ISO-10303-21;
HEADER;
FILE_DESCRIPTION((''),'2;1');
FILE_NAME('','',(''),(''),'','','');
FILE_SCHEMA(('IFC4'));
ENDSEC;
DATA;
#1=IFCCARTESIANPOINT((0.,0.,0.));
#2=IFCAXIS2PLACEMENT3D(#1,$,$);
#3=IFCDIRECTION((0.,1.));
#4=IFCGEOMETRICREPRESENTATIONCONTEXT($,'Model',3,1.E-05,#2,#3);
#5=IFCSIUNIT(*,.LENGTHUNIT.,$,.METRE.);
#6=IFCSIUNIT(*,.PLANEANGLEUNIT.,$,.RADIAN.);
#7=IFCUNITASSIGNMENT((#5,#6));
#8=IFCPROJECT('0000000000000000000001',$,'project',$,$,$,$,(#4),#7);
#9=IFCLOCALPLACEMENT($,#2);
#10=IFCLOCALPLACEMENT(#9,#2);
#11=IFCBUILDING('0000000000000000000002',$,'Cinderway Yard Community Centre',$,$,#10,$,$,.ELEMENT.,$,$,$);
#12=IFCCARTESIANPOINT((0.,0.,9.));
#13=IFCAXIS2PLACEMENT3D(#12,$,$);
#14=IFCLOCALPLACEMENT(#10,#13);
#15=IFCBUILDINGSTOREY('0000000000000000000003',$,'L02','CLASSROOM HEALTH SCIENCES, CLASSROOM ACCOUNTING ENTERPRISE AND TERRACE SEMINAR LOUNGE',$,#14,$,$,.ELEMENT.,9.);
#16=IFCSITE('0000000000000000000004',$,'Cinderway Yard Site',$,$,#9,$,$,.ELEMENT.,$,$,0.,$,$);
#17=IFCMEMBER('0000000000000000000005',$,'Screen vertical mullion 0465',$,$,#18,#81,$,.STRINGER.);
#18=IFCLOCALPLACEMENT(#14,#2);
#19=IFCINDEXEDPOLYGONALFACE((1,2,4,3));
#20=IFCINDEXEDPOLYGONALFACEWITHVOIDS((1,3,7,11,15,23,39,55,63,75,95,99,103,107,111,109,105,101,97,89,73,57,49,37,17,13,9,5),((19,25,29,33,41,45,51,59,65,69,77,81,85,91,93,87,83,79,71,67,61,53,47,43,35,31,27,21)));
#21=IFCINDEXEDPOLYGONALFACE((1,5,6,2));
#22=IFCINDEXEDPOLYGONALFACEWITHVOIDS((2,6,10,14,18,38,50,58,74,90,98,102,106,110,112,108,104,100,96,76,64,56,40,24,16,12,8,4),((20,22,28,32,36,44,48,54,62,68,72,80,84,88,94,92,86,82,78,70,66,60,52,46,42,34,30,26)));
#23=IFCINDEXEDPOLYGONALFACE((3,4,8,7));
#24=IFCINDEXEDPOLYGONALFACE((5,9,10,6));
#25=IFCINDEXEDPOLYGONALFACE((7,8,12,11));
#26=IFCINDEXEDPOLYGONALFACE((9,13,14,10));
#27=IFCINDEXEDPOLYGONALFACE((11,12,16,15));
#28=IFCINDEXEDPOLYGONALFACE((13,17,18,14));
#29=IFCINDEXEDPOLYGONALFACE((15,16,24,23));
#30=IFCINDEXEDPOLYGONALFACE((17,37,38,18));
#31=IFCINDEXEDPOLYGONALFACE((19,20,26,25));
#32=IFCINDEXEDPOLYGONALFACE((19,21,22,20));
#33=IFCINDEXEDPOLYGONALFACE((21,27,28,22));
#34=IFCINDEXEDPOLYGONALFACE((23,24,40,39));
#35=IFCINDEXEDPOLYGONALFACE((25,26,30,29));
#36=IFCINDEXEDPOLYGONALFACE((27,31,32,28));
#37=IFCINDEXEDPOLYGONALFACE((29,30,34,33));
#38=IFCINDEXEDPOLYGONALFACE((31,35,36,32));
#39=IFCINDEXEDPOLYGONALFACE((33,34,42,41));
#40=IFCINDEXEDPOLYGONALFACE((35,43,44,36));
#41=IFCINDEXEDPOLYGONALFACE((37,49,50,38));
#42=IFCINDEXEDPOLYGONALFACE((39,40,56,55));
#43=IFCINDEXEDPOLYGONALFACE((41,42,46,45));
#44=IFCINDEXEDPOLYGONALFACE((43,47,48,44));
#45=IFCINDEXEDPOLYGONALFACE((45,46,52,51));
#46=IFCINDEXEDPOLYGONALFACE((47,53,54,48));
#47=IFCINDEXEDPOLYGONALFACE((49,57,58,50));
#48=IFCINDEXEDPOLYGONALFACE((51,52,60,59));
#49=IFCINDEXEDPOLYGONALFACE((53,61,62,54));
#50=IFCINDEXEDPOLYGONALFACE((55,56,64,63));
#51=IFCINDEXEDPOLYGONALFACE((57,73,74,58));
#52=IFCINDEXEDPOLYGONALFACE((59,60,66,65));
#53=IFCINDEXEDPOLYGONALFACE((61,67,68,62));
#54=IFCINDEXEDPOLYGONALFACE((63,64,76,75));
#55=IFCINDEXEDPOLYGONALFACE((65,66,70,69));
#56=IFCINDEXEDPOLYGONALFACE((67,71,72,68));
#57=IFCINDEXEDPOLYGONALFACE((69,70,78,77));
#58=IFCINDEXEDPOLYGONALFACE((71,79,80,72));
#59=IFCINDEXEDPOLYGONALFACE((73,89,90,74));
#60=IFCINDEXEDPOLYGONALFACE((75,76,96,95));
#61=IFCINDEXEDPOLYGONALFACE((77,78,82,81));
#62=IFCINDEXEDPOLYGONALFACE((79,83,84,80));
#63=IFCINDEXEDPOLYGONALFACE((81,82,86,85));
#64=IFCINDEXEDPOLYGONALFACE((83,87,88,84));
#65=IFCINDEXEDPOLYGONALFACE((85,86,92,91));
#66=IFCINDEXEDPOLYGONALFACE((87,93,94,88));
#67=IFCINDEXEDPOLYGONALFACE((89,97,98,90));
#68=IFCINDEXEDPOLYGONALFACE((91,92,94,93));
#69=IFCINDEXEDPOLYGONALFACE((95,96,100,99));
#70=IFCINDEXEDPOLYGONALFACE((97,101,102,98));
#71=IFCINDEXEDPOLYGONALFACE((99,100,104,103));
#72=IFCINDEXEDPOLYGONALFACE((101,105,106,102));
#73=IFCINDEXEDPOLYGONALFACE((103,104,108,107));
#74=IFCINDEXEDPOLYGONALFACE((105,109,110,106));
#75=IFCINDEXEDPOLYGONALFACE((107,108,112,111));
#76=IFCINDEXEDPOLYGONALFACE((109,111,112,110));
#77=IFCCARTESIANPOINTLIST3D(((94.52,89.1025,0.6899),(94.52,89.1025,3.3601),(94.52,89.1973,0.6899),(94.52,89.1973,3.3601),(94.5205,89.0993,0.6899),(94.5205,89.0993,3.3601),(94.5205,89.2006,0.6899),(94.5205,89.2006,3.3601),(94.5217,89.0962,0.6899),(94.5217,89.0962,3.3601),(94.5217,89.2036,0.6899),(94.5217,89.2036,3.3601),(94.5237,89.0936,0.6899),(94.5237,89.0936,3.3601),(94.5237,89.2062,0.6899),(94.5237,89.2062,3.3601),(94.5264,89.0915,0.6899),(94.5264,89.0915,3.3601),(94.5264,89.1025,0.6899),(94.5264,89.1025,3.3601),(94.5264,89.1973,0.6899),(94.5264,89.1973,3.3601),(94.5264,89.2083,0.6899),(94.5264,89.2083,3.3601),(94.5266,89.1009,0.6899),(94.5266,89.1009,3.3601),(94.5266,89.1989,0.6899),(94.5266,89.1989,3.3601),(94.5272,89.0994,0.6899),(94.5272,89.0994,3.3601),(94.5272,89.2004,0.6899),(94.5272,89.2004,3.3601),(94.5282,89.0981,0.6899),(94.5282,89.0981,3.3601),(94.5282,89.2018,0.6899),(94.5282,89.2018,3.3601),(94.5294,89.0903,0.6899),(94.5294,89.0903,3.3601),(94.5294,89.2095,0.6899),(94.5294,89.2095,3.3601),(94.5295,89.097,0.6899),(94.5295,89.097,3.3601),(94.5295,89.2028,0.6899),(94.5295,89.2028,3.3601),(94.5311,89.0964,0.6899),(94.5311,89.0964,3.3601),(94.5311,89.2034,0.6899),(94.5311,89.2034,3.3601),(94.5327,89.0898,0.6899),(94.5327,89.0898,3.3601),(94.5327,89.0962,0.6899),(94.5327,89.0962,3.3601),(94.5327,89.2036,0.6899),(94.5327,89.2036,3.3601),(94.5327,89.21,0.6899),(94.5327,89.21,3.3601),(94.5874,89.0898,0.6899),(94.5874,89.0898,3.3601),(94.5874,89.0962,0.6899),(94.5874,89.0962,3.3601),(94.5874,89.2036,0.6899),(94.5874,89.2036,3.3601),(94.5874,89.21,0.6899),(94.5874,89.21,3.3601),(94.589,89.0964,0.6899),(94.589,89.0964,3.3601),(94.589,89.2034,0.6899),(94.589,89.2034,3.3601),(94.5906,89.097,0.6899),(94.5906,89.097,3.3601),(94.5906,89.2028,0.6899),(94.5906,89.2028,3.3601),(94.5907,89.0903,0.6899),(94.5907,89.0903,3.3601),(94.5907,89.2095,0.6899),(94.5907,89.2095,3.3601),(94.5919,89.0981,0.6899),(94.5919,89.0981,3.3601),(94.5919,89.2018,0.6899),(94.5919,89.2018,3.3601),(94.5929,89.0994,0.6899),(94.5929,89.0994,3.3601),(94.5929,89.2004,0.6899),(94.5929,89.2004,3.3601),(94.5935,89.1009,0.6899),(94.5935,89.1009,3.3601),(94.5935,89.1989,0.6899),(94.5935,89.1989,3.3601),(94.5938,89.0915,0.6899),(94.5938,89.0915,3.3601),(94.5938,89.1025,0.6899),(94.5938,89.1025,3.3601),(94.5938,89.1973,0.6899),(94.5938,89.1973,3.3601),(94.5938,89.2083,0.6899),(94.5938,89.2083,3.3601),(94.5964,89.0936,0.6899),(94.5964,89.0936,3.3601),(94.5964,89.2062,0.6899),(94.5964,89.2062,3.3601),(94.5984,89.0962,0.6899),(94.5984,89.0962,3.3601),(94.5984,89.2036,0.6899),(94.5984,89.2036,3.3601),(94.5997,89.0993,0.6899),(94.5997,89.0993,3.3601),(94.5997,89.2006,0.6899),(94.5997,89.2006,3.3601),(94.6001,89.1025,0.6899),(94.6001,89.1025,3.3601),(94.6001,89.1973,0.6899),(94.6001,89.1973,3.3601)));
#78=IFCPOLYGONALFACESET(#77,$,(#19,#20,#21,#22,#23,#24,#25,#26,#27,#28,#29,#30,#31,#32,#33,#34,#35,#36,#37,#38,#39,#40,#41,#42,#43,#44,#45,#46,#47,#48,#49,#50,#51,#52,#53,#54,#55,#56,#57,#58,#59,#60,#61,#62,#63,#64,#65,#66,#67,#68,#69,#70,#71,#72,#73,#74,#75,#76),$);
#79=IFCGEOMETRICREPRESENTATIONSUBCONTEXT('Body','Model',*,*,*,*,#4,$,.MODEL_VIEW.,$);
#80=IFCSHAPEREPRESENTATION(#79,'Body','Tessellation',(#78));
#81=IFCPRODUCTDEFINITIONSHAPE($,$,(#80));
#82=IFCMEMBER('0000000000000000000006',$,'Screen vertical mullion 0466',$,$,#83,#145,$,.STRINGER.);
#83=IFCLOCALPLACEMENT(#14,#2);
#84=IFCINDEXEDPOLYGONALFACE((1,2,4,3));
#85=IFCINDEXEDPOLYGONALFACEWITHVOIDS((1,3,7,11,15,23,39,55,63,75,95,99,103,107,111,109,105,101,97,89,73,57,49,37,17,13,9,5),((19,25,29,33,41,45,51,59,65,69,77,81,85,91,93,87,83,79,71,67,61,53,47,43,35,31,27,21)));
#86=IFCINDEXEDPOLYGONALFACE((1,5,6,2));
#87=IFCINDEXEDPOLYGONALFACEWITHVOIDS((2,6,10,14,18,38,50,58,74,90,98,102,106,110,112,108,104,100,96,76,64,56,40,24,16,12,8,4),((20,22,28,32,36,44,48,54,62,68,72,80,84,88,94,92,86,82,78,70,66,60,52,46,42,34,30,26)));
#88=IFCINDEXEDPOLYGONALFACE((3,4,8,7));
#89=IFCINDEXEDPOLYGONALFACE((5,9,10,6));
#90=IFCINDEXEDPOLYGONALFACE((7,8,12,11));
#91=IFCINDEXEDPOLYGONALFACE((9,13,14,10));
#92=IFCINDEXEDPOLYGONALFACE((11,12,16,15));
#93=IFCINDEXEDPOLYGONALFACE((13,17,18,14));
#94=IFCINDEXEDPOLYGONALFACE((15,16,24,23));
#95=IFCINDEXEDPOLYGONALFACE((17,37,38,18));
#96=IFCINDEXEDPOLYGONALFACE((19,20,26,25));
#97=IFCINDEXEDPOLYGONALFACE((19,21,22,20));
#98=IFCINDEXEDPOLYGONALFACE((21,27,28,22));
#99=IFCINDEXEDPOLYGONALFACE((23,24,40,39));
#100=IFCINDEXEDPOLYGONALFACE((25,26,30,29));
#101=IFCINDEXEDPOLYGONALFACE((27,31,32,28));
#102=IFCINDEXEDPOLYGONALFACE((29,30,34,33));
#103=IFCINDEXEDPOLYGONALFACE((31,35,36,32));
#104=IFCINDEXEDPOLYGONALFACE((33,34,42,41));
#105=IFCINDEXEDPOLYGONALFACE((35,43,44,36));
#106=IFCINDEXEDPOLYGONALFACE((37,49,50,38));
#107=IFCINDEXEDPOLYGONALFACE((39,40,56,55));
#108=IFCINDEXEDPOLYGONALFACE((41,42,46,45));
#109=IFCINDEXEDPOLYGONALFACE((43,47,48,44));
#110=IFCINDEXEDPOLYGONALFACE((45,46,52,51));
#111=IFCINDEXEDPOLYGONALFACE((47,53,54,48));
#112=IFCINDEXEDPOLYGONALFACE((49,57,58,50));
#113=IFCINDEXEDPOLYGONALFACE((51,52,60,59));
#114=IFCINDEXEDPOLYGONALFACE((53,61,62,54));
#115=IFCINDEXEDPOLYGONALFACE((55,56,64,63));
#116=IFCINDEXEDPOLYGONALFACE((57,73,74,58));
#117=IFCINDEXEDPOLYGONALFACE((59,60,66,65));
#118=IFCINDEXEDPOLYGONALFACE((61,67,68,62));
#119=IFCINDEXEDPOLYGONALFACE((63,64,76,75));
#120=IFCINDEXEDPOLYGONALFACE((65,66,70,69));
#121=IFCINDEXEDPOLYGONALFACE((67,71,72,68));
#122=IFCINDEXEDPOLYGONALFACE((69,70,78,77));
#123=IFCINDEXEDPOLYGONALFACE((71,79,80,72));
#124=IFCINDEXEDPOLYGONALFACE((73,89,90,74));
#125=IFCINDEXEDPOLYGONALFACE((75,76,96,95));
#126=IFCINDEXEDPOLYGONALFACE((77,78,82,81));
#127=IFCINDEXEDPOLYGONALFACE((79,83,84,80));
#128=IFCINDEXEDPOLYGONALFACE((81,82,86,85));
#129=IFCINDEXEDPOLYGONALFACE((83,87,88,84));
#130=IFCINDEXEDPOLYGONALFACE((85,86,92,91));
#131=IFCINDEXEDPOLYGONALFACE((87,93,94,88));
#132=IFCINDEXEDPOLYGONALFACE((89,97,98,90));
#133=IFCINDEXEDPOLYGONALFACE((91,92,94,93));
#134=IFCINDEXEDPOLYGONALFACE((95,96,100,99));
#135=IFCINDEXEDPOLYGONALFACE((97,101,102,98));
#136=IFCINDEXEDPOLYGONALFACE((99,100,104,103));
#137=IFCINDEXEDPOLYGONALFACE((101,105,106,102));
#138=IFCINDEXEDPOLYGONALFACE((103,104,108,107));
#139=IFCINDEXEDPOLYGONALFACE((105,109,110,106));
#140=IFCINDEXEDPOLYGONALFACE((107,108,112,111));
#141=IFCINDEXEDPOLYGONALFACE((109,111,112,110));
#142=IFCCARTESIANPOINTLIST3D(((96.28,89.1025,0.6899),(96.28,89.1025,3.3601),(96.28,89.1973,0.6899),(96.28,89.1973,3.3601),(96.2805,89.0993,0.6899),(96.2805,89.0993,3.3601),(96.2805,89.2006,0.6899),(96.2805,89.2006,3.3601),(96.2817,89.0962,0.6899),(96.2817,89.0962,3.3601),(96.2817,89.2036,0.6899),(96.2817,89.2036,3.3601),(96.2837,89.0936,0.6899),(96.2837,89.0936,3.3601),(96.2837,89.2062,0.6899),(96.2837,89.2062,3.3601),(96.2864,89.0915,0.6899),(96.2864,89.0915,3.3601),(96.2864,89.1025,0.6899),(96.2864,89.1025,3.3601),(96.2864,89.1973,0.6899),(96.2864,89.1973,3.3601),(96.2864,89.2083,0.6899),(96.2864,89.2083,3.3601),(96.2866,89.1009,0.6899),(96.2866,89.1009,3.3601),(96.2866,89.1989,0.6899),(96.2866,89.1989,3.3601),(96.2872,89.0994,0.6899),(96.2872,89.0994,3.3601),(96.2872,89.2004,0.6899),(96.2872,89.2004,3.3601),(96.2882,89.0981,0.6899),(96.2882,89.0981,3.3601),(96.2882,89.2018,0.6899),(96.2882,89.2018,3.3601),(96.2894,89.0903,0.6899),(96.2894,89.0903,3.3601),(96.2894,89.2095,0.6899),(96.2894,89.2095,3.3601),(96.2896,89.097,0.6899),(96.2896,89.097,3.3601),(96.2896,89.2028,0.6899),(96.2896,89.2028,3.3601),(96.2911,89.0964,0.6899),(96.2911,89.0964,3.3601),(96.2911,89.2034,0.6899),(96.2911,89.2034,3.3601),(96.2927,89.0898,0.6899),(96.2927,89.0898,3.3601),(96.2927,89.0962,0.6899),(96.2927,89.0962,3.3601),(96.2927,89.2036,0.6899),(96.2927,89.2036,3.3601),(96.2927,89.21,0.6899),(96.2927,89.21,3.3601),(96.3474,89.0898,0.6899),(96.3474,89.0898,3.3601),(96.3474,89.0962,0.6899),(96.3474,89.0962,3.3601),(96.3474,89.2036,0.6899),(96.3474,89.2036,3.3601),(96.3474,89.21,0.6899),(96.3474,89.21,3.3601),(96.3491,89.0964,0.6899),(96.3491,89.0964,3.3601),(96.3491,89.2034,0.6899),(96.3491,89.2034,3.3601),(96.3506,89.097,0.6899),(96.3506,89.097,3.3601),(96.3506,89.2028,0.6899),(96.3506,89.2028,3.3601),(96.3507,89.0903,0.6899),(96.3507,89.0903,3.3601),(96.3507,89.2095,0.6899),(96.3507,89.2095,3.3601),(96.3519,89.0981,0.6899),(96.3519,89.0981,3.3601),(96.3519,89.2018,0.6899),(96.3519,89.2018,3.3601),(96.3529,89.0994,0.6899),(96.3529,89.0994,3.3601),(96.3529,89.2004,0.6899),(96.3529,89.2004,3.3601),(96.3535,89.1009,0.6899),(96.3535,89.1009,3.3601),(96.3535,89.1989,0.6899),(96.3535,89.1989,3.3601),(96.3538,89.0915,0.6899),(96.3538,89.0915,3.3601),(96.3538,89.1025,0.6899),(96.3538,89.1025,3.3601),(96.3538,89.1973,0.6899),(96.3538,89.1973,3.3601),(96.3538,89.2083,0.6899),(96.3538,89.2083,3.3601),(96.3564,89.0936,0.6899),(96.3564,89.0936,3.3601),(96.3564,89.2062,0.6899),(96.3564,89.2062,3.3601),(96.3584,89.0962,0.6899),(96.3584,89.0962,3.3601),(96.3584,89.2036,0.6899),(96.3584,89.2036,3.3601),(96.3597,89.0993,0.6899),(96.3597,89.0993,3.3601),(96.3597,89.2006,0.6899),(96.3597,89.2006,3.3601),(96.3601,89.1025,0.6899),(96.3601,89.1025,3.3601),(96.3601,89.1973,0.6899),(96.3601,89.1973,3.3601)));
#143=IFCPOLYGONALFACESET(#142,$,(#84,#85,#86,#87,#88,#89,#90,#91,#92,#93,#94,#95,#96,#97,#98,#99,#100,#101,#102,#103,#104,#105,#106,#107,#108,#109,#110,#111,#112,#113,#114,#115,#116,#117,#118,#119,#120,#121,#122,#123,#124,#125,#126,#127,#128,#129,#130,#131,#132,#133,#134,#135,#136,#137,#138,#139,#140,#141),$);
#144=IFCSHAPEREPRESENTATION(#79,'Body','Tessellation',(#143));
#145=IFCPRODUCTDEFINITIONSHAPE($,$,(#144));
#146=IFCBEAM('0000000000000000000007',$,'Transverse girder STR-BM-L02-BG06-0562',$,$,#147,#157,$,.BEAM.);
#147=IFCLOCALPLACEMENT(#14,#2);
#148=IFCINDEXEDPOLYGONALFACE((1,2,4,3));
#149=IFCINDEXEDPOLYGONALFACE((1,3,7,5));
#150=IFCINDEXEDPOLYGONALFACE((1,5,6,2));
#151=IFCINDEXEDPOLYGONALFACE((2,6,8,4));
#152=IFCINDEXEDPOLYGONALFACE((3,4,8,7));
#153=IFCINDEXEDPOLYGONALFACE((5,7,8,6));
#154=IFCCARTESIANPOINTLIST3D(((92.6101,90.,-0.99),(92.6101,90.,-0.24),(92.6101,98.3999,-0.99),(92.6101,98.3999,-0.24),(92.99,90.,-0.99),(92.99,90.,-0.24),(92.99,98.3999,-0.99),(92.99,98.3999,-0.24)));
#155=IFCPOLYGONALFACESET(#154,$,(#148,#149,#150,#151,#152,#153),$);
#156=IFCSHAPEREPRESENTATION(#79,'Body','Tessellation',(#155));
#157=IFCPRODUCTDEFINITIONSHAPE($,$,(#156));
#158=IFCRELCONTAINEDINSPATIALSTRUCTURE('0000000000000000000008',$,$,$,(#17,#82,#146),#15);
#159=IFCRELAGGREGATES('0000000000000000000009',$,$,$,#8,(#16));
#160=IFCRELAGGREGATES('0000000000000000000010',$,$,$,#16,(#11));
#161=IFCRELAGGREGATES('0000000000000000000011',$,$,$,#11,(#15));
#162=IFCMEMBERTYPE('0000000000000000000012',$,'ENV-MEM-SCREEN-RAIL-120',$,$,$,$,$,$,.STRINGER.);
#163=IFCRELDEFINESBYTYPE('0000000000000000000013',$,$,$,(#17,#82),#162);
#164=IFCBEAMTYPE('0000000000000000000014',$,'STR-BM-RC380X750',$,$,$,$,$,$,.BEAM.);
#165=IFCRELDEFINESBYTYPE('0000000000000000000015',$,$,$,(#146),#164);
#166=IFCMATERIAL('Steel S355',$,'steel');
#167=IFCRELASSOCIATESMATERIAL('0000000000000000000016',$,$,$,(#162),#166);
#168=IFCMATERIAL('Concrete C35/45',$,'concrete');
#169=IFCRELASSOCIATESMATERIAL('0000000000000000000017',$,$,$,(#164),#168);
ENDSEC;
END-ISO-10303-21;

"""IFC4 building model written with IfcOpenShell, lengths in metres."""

from ifc_helpers import new_model, si_unit, direction, frame, origin, origin_2d, place, context, subcontext, project, spatial, rectangle, hollow_rectangle, extrude, material, material_profile, profile_set, type_object, element, save


model = new_model("IFC4")

# Units and contexts
model_context = context("Model", 3, precision=1e-05, world=origin(), true_north=direction((0.0, 1.0)))
body_context = subcontext(model_context, "Body", "Model", "MODEL_VIEW")
ifc_project = project(units=[si_unit("LENGTHUNIT", "METRE"), si_unit("PLANEANGLEUNIT", "RADIAN")], contexts=[model_context])

# Site, building, storey
site_placement = place(None, origin())
site = spatial("IfcSite", under=ifc_project, at=site_placement, Name="Cinderway Yard Site", CompositionType="ELEMENT", RefElevation=0.0)
building_placement = place(site_placement, origin())
building = spatial("IfcBuilding", under=site, at=building_placement, Name="Cinderway Yard Community Centre", CompositionType="ELEMENT")
storey_placement = place(building_placement, frame((0.0, 0.0, 9.0)))
storey = spatial("IfcBuildingStorey", under=building, at=storey_placement, Name="L02", Description="CLASSROOM HEALTH SCIENCES, CLASSROOM ACCOUNTING ENTERPRISE AND TERRACE SEMINAR LOUNGE", CompositionType="ELEMENT", Elevation=9.0)

# Members
ifc_material_1 = material(Name="Steel S355", Category="steel")
ifc_material_profile_1 = material_profile(ifc_material_1, hollow_rectangle(XDim=0.0801, YDim=0.1201, WallThickness=0.0063, InnerFilletRadius=0.0063, OuterFilletRadius=0.0127, at=origin_2d()), Name="Steel S355")
ifc_profile_set_1 = profile_set([ifc_material_profile_1], Name="Steel S355")
member_type_1 = type_object("IfcMemberType", Name="ENV-MEM-SCREEN-RAIL-120", PredefinedType="STRINGER", material=ifc_profile_set_1)
for number, where, z_axis, x_axis, name in (
    (1, (94.5601, 89.1499, 0.6899), (0.0, 0.0, 1.0), (1.0, 0.0, 0.0), "Screen vertical mullion 0465"),
    (2, (96.3201, 89.1499, 0.6899), (0.0, 0.0, 1.0), (1.0, 0.0, 0.0), "Screen vertical mullion 0466"),
):
    element("IfcMember", number, at=place(storey_placement, frame(where, z_axis=z_axis, x_axis=x_axis)), inside=storey, type_object=member_type_1, Name=name, PredefinedType="STRINGER", context=body_context, shape_type="SweptSolid", body=[
        extrude(hollow_rectangle(XDim=0.0801, YDim=0.1201, WallThickness=0.0063, InnerFilletRadius=0.0063, OuterFilletRadius=0.0127, at=origin_2d()), origin(), (0.0, 0.0, 1.0), 2.6702),
    ])

# Beam
ifc_material_2 = material(Name="Concrete C35/45", Category="concrete")
ifc_material_profile_2 = material_profile(ifc_material_2, rectangle(XDim=0.3799, YDim=0.75, at=origin_2d()), Name="Concrete C35/45")
ifc_profile_set_2 = profile_set([ifc_material_profile_2], Name="Concrete C35/45")
beam_type = type_object("IfcBeamType", Name="STR-BM-RC380X750", PredefinedType="BEAM", material=ifc_profile_set_2)
beam_placement = place(storey_placement, frame((92.8, 90.0, -0.615), z_axis=(0.0, 1.0, 0.0), x_axis=(-1.0, 0.0, 0.0)))
element("IfcBeam", 3, at=beam_placement, inside=storey, type_object=beam_type, Name="Transverse girder STR-BM-L02-BG06-0562", PredefinedType="BEAM", context=body_context, shape_type="SweptSolid", body=[
    extrude(rectangle(XDim=0.3799, YDim=0.75, at=origin_2d()), origin(), (0.0, 0.0, 1.0), 8.3999),
])

save(model, "model.ifc")
